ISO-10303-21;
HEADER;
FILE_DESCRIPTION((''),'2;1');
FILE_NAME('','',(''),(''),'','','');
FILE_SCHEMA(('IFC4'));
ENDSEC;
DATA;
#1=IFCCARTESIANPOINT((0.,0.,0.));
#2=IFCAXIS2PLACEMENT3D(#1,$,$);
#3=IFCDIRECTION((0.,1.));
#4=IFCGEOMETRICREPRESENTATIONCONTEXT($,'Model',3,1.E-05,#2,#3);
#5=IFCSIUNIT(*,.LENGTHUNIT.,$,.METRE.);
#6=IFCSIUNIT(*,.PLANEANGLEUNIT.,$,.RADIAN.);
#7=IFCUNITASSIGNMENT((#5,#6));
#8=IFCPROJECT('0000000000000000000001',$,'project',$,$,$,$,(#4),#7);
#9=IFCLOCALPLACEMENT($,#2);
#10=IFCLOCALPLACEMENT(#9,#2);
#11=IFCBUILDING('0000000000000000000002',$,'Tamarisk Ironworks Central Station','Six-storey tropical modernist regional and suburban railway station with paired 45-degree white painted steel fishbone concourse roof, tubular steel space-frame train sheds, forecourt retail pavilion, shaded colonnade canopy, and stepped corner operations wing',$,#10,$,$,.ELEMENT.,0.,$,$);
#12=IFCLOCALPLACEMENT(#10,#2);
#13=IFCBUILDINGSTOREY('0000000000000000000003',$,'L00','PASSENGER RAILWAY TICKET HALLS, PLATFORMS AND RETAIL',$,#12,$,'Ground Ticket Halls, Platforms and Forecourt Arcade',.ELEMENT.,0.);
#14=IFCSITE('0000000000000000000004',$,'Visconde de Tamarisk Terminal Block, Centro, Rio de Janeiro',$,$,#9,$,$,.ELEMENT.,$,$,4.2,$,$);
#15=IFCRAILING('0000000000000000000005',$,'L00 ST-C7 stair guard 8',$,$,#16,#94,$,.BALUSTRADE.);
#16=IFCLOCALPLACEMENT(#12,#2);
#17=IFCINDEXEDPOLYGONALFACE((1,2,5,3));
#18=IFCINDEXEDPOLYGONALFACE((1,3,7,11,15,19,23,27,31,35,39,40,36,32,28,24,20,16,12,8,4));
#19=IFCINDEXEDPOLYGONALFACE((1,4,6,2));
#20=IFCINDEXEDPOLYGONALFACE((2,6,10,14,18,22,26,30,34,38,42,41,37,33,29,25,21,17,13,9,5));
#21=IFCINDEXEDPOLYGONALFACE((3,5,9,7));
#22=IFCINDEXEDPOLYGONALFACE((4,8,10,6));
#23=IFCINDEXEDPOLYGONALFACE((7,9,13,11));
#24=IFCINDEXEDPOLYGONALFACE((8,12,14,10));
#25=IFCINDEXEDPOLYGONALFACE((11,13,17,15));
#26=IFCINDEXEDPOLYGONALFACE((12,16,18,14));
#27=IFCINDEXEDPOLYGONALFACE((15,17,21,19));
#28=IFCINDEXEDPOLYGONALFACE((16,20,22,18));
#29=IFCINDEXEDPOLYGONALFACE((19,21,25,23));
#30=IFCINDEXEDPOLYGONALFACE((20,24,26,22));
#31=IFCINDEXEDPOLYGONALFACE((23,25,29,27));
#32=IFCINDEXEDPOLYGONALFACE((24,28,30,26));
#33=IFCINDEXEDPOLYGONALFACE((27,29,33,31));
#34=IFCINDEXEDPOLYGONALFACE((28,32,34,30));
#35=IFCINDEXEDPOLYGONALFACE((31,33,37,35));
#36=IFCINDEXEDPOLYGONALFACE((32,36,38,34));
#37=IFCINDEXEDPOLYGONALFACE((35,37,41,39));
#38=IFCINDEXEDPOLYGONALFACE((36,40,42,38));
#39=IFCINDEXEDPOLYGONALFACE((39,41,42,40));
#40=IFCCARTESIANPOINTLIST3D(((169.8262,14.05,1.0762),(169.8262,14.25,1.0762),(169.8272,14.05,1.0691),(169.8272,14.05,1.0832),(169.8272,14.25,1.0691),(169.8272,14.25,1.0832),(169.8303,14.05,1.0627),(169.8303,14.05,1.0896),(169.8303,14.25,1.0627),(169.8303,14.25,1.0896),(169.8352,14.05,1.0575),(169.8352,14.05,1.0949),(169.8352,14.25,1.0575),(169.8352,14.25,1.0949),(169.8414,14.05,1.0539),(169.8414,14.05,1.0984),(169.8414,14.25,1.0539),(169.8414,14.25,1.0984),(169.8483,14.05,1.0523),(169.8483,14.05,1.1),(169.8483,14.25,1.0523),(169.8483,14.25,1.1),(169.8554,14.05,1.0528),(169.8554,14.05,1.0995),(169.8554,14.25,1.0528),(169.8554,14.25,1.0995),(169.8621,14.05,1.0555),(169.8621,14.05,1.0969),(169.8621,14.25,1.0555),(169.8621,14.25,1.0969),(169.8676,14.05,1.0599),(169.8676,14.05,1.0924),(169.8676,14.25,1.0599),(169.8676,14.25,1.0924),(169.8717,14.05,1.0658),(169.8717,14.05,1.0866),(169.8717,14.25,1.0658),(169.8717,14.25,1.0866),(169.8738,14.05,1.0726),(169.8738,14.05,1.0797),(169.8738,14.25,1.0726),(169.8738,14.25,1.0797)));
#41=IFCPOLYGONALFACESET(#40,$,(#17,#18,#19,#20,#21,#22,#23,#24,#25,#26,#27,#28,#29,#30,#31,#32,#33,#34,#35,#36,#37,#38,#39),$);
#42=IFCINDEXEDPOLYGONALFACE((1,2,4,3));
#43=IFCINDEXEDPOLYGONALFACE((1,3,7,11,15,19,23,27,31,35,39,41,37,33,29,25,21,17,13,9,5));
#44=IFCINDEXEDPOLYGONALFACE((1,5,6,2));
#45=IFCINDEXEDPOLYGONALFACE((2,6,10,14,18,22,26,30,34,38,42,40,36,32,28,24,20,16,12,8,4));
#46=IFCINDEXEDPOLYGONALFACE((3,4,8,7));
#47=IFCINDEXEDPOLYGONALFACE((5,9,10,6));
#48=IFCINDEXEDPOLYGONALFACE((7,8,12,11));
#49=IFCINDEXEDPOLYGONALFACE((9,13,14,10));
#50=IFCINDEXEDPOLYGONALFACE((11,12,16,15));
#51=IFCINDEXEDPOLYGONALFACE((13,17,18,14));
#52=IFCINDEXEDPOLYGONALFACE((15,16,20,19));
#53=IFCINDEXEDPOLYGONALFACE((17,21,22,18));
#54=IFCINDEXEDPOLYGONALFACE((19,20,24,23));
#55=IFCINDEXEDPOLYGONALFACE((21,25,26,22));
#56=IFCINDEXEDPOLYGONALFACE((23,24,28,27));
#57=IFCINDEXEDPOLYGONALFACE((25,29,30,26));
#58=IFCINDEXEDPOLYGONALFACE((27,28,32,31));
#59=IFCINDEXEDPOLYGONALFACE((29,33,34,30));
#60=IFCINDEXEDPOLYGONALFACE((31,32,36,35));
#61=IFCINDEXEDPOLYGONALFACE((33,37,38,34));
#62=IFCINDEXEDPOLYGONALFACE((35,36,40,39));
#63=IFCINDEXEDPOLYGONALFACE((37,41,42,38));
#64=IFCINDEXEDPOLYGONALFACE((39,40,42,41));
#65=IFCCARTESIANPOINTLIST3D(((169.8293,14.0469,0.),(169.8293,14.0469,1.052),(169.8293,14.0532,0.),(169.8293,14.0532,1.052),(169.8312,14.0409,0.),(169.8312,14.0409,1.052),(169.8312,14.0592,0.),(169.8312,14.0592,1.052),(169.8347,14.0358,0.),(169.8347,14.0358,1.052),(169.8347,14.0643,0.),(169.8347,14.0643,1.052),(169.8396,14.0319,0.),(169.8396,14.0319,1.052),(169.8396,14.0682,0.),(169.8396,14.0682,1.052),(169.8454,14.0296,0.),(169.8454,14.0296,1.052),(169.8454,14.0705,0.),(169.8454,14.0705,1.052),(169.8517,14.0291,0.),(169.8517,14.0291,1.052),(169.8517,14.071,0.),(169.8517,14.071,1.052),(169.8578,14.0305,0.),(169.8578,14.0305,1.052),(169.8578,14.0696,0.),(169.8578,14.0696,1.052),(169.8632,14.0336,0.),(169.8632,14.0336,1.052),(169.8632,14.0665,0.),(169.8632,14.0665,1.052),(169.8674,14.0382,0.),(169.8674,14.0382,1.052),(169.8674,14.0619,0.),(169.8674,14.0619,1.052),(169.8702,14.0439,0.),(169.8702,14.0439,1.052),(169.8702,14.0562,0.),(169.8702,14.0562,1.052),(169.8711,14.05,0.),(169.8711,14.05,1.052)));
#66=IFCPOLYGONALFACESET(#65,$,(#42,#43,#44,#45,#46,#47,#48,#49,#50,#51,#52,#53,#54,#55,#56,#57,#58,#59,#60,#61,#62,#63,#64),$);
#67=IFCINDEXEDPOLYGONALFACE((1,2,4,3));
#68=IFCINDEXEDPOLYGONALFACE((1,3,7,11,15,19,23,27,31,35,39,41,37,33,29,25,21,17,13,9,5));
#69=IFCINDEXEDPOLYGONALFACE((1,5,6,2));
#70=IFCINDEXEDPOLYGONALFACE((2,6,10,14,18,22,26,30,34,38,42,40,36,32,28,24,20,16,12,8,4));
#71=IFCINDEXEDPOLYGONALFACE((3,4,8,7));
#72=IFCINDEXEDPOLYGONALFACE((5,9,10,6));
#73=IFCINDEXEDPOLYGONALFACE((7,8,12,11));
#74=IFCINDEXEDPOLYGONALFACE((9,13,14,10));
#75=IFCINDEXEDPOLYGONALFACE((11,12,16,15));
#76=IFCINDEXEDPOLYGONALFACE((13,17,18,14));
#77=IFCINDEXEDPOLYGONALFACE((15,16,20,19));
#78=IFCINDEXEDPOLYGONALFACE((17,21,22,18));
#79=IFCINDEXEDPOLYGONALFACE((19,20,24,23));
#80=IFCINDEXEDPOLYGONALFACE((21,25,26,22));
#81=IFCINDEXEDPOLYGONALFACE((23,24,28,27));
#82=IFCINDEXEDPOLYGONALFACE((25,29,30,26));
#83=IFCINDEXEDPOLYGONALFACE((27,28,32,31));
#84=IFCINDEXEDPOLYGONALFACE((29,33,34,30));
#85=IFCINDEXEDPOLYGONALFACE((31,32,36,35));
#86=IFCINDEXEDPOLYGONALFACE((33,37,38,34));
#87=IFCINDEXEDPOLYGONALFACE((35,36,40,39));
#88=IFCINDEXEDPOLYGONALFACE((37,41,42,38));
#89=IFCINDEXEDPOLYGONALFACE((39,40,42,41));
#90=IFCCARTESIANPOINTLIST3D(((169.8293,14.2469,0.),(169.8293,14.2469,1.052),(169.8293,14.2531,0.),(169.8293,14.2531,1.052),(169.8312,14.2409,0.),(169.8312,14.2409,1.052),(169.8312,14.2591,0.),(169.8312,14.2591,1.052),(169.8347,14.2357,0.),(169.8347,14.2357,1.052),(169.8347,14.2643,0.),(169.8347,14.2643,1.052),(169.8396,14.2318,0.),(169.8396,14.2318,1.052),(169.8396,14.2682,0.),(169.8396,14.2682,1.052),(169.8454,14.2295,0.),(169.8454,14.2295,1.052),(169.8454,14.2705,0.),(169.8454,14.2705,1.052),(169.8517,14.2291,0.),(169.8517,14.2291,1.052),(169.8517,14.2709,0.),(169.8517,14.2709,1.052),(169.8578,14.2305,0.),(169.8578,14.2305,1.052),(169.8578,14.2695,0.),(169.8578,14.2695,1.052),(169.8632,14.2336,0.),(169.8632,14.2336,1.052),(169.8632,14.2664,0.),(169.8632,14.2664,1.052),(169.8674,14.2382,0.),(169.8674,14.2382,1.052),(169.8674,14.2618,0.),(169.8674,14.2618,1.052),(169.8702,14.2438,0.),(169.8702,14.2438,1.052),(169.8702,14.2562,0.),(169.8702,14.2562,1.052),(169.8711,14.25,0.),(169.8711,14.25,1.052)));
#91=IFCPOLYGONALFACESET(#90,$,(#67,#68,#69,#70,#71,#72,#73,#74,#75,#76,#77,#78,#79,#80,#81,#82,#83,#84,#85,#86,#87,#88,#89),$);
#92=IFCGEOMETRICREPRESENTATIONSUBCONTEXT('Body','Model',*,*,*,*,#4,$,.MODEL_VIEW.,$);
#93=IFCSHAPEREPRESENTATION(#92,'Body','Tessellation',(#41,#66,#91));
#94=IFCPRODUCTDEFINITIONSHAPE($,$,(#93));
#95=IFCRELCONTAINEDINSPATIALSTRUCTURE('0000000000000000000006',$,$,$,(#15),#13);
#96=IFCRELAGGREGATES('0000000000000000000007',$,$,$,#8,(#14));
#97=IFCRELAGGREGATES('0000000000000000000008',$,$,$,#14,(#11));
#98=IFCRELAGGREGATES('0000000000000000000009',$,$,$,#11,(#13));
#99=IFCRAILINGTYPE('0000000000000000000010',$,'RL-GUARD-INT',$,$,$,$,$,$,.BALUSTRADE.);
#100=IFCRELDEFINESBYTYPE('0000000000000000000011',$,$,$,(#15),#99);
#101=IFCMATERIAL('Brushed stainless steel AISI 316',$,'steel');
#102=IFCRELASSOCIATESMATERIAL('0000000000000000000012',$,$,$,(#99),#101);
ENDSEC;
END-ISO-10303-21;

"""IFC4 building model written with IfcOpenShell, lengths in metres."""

from ifc_helpers import new_model, si_unit, direction, frame, origin, origin_2d, place, context, subcontext, project, spatial, circle, extrude, material, type_object, element, save


model = new_model("IFC4")

# Units and contexts
model_context = context("Model", 3, precision=1e-05, world=origin(), true_north=direction((0.0, 1.0)))
body_context = subcontext(model_context, "Body", "Model", "MODEL_VIEW")
ifc_project = project(units=[si_unit("LENGTHUNIT", "METRE"), si_unit("PLANEANGLEUNIT", "RADIAN")], contexts=[model_context])

# Site, building, storey
site_placement = place(None, origin())
site = spatial("IfcSite", under=ifc_project, at=site_placement, Name="Visconde de Tamarisk Terminal Block, Centro, Rio de Janeiro", CompositionType="ELEMENT", RefElevation=4.2)
building_placement = place(site_placement, origin())
building = spatial("IfcBuilding", under=site, at=building_placement, Name="Tamarisk Ironworks Central Station", Description="Six-storey tropical modernist regional and suburban railway station with paired 45-degree white painted steel fishbone concourse roof, tubular steel space-frame train sheds, forecourt retail pavilion, shaded colonnade canopy, and stepped corner operations wing", CompositionType="ELEMENT", ElevationOfRefHeight=0.0)
storey_placement = place(building_placement, origin())
storey = spatial("IfcBuildingStorey", under=building, at=storey_placement, Name="L00", Description="PASSENGER RAILWAY TICKET HALLS, PLATFORMS AND RETAIL", LongName="Ground Ticket Halls, Platforms and Forecourt Arcade", CompositionType="ELEMENT", Elevation=0.0)

# Railing
ifc_material_1 = material(Name="Brushed stainless steel AISI 316", Category="steel")
railing_type_1 = type_object("IfcRailingType", Name="RL-GUARD-INT", PredefinedType="BALUSTRADE", material=ifc_material_1)
railing_1_placement = place(storey_placement, frame((169.8501, 14.05, 0.0)))
element("IfcRailing", 1, at=railing_1_placement, inside=storey, type_object=railing_type_1, Name="L00 ST-C7 stair guard 8", PredefinedType="BALUSTRADE", context=body_context, shape_type="SweptSolid", body=[
    extrude(circle(Radius=0.0239, at=origin_2d()), frame((0.0, 0.0, 1.0762), z_axis=(0.0, 1.0, 0.0), x_axis=(-1.0, 0.0, 0.0)), (0.0, 0.0, 1.0), 0.2),
    extrude(circle(Radius=0.021, at=origin_2d()), origin(), (0.0, 0.0, 1.0), 1.052),
    extrude(circle(Radius=0.021, at=origin_2d()), frame((0.0, 0.2, 0.0)), (0.0, 0.0, 1.0), 1.052),
])

save(model, "model.ifc")
